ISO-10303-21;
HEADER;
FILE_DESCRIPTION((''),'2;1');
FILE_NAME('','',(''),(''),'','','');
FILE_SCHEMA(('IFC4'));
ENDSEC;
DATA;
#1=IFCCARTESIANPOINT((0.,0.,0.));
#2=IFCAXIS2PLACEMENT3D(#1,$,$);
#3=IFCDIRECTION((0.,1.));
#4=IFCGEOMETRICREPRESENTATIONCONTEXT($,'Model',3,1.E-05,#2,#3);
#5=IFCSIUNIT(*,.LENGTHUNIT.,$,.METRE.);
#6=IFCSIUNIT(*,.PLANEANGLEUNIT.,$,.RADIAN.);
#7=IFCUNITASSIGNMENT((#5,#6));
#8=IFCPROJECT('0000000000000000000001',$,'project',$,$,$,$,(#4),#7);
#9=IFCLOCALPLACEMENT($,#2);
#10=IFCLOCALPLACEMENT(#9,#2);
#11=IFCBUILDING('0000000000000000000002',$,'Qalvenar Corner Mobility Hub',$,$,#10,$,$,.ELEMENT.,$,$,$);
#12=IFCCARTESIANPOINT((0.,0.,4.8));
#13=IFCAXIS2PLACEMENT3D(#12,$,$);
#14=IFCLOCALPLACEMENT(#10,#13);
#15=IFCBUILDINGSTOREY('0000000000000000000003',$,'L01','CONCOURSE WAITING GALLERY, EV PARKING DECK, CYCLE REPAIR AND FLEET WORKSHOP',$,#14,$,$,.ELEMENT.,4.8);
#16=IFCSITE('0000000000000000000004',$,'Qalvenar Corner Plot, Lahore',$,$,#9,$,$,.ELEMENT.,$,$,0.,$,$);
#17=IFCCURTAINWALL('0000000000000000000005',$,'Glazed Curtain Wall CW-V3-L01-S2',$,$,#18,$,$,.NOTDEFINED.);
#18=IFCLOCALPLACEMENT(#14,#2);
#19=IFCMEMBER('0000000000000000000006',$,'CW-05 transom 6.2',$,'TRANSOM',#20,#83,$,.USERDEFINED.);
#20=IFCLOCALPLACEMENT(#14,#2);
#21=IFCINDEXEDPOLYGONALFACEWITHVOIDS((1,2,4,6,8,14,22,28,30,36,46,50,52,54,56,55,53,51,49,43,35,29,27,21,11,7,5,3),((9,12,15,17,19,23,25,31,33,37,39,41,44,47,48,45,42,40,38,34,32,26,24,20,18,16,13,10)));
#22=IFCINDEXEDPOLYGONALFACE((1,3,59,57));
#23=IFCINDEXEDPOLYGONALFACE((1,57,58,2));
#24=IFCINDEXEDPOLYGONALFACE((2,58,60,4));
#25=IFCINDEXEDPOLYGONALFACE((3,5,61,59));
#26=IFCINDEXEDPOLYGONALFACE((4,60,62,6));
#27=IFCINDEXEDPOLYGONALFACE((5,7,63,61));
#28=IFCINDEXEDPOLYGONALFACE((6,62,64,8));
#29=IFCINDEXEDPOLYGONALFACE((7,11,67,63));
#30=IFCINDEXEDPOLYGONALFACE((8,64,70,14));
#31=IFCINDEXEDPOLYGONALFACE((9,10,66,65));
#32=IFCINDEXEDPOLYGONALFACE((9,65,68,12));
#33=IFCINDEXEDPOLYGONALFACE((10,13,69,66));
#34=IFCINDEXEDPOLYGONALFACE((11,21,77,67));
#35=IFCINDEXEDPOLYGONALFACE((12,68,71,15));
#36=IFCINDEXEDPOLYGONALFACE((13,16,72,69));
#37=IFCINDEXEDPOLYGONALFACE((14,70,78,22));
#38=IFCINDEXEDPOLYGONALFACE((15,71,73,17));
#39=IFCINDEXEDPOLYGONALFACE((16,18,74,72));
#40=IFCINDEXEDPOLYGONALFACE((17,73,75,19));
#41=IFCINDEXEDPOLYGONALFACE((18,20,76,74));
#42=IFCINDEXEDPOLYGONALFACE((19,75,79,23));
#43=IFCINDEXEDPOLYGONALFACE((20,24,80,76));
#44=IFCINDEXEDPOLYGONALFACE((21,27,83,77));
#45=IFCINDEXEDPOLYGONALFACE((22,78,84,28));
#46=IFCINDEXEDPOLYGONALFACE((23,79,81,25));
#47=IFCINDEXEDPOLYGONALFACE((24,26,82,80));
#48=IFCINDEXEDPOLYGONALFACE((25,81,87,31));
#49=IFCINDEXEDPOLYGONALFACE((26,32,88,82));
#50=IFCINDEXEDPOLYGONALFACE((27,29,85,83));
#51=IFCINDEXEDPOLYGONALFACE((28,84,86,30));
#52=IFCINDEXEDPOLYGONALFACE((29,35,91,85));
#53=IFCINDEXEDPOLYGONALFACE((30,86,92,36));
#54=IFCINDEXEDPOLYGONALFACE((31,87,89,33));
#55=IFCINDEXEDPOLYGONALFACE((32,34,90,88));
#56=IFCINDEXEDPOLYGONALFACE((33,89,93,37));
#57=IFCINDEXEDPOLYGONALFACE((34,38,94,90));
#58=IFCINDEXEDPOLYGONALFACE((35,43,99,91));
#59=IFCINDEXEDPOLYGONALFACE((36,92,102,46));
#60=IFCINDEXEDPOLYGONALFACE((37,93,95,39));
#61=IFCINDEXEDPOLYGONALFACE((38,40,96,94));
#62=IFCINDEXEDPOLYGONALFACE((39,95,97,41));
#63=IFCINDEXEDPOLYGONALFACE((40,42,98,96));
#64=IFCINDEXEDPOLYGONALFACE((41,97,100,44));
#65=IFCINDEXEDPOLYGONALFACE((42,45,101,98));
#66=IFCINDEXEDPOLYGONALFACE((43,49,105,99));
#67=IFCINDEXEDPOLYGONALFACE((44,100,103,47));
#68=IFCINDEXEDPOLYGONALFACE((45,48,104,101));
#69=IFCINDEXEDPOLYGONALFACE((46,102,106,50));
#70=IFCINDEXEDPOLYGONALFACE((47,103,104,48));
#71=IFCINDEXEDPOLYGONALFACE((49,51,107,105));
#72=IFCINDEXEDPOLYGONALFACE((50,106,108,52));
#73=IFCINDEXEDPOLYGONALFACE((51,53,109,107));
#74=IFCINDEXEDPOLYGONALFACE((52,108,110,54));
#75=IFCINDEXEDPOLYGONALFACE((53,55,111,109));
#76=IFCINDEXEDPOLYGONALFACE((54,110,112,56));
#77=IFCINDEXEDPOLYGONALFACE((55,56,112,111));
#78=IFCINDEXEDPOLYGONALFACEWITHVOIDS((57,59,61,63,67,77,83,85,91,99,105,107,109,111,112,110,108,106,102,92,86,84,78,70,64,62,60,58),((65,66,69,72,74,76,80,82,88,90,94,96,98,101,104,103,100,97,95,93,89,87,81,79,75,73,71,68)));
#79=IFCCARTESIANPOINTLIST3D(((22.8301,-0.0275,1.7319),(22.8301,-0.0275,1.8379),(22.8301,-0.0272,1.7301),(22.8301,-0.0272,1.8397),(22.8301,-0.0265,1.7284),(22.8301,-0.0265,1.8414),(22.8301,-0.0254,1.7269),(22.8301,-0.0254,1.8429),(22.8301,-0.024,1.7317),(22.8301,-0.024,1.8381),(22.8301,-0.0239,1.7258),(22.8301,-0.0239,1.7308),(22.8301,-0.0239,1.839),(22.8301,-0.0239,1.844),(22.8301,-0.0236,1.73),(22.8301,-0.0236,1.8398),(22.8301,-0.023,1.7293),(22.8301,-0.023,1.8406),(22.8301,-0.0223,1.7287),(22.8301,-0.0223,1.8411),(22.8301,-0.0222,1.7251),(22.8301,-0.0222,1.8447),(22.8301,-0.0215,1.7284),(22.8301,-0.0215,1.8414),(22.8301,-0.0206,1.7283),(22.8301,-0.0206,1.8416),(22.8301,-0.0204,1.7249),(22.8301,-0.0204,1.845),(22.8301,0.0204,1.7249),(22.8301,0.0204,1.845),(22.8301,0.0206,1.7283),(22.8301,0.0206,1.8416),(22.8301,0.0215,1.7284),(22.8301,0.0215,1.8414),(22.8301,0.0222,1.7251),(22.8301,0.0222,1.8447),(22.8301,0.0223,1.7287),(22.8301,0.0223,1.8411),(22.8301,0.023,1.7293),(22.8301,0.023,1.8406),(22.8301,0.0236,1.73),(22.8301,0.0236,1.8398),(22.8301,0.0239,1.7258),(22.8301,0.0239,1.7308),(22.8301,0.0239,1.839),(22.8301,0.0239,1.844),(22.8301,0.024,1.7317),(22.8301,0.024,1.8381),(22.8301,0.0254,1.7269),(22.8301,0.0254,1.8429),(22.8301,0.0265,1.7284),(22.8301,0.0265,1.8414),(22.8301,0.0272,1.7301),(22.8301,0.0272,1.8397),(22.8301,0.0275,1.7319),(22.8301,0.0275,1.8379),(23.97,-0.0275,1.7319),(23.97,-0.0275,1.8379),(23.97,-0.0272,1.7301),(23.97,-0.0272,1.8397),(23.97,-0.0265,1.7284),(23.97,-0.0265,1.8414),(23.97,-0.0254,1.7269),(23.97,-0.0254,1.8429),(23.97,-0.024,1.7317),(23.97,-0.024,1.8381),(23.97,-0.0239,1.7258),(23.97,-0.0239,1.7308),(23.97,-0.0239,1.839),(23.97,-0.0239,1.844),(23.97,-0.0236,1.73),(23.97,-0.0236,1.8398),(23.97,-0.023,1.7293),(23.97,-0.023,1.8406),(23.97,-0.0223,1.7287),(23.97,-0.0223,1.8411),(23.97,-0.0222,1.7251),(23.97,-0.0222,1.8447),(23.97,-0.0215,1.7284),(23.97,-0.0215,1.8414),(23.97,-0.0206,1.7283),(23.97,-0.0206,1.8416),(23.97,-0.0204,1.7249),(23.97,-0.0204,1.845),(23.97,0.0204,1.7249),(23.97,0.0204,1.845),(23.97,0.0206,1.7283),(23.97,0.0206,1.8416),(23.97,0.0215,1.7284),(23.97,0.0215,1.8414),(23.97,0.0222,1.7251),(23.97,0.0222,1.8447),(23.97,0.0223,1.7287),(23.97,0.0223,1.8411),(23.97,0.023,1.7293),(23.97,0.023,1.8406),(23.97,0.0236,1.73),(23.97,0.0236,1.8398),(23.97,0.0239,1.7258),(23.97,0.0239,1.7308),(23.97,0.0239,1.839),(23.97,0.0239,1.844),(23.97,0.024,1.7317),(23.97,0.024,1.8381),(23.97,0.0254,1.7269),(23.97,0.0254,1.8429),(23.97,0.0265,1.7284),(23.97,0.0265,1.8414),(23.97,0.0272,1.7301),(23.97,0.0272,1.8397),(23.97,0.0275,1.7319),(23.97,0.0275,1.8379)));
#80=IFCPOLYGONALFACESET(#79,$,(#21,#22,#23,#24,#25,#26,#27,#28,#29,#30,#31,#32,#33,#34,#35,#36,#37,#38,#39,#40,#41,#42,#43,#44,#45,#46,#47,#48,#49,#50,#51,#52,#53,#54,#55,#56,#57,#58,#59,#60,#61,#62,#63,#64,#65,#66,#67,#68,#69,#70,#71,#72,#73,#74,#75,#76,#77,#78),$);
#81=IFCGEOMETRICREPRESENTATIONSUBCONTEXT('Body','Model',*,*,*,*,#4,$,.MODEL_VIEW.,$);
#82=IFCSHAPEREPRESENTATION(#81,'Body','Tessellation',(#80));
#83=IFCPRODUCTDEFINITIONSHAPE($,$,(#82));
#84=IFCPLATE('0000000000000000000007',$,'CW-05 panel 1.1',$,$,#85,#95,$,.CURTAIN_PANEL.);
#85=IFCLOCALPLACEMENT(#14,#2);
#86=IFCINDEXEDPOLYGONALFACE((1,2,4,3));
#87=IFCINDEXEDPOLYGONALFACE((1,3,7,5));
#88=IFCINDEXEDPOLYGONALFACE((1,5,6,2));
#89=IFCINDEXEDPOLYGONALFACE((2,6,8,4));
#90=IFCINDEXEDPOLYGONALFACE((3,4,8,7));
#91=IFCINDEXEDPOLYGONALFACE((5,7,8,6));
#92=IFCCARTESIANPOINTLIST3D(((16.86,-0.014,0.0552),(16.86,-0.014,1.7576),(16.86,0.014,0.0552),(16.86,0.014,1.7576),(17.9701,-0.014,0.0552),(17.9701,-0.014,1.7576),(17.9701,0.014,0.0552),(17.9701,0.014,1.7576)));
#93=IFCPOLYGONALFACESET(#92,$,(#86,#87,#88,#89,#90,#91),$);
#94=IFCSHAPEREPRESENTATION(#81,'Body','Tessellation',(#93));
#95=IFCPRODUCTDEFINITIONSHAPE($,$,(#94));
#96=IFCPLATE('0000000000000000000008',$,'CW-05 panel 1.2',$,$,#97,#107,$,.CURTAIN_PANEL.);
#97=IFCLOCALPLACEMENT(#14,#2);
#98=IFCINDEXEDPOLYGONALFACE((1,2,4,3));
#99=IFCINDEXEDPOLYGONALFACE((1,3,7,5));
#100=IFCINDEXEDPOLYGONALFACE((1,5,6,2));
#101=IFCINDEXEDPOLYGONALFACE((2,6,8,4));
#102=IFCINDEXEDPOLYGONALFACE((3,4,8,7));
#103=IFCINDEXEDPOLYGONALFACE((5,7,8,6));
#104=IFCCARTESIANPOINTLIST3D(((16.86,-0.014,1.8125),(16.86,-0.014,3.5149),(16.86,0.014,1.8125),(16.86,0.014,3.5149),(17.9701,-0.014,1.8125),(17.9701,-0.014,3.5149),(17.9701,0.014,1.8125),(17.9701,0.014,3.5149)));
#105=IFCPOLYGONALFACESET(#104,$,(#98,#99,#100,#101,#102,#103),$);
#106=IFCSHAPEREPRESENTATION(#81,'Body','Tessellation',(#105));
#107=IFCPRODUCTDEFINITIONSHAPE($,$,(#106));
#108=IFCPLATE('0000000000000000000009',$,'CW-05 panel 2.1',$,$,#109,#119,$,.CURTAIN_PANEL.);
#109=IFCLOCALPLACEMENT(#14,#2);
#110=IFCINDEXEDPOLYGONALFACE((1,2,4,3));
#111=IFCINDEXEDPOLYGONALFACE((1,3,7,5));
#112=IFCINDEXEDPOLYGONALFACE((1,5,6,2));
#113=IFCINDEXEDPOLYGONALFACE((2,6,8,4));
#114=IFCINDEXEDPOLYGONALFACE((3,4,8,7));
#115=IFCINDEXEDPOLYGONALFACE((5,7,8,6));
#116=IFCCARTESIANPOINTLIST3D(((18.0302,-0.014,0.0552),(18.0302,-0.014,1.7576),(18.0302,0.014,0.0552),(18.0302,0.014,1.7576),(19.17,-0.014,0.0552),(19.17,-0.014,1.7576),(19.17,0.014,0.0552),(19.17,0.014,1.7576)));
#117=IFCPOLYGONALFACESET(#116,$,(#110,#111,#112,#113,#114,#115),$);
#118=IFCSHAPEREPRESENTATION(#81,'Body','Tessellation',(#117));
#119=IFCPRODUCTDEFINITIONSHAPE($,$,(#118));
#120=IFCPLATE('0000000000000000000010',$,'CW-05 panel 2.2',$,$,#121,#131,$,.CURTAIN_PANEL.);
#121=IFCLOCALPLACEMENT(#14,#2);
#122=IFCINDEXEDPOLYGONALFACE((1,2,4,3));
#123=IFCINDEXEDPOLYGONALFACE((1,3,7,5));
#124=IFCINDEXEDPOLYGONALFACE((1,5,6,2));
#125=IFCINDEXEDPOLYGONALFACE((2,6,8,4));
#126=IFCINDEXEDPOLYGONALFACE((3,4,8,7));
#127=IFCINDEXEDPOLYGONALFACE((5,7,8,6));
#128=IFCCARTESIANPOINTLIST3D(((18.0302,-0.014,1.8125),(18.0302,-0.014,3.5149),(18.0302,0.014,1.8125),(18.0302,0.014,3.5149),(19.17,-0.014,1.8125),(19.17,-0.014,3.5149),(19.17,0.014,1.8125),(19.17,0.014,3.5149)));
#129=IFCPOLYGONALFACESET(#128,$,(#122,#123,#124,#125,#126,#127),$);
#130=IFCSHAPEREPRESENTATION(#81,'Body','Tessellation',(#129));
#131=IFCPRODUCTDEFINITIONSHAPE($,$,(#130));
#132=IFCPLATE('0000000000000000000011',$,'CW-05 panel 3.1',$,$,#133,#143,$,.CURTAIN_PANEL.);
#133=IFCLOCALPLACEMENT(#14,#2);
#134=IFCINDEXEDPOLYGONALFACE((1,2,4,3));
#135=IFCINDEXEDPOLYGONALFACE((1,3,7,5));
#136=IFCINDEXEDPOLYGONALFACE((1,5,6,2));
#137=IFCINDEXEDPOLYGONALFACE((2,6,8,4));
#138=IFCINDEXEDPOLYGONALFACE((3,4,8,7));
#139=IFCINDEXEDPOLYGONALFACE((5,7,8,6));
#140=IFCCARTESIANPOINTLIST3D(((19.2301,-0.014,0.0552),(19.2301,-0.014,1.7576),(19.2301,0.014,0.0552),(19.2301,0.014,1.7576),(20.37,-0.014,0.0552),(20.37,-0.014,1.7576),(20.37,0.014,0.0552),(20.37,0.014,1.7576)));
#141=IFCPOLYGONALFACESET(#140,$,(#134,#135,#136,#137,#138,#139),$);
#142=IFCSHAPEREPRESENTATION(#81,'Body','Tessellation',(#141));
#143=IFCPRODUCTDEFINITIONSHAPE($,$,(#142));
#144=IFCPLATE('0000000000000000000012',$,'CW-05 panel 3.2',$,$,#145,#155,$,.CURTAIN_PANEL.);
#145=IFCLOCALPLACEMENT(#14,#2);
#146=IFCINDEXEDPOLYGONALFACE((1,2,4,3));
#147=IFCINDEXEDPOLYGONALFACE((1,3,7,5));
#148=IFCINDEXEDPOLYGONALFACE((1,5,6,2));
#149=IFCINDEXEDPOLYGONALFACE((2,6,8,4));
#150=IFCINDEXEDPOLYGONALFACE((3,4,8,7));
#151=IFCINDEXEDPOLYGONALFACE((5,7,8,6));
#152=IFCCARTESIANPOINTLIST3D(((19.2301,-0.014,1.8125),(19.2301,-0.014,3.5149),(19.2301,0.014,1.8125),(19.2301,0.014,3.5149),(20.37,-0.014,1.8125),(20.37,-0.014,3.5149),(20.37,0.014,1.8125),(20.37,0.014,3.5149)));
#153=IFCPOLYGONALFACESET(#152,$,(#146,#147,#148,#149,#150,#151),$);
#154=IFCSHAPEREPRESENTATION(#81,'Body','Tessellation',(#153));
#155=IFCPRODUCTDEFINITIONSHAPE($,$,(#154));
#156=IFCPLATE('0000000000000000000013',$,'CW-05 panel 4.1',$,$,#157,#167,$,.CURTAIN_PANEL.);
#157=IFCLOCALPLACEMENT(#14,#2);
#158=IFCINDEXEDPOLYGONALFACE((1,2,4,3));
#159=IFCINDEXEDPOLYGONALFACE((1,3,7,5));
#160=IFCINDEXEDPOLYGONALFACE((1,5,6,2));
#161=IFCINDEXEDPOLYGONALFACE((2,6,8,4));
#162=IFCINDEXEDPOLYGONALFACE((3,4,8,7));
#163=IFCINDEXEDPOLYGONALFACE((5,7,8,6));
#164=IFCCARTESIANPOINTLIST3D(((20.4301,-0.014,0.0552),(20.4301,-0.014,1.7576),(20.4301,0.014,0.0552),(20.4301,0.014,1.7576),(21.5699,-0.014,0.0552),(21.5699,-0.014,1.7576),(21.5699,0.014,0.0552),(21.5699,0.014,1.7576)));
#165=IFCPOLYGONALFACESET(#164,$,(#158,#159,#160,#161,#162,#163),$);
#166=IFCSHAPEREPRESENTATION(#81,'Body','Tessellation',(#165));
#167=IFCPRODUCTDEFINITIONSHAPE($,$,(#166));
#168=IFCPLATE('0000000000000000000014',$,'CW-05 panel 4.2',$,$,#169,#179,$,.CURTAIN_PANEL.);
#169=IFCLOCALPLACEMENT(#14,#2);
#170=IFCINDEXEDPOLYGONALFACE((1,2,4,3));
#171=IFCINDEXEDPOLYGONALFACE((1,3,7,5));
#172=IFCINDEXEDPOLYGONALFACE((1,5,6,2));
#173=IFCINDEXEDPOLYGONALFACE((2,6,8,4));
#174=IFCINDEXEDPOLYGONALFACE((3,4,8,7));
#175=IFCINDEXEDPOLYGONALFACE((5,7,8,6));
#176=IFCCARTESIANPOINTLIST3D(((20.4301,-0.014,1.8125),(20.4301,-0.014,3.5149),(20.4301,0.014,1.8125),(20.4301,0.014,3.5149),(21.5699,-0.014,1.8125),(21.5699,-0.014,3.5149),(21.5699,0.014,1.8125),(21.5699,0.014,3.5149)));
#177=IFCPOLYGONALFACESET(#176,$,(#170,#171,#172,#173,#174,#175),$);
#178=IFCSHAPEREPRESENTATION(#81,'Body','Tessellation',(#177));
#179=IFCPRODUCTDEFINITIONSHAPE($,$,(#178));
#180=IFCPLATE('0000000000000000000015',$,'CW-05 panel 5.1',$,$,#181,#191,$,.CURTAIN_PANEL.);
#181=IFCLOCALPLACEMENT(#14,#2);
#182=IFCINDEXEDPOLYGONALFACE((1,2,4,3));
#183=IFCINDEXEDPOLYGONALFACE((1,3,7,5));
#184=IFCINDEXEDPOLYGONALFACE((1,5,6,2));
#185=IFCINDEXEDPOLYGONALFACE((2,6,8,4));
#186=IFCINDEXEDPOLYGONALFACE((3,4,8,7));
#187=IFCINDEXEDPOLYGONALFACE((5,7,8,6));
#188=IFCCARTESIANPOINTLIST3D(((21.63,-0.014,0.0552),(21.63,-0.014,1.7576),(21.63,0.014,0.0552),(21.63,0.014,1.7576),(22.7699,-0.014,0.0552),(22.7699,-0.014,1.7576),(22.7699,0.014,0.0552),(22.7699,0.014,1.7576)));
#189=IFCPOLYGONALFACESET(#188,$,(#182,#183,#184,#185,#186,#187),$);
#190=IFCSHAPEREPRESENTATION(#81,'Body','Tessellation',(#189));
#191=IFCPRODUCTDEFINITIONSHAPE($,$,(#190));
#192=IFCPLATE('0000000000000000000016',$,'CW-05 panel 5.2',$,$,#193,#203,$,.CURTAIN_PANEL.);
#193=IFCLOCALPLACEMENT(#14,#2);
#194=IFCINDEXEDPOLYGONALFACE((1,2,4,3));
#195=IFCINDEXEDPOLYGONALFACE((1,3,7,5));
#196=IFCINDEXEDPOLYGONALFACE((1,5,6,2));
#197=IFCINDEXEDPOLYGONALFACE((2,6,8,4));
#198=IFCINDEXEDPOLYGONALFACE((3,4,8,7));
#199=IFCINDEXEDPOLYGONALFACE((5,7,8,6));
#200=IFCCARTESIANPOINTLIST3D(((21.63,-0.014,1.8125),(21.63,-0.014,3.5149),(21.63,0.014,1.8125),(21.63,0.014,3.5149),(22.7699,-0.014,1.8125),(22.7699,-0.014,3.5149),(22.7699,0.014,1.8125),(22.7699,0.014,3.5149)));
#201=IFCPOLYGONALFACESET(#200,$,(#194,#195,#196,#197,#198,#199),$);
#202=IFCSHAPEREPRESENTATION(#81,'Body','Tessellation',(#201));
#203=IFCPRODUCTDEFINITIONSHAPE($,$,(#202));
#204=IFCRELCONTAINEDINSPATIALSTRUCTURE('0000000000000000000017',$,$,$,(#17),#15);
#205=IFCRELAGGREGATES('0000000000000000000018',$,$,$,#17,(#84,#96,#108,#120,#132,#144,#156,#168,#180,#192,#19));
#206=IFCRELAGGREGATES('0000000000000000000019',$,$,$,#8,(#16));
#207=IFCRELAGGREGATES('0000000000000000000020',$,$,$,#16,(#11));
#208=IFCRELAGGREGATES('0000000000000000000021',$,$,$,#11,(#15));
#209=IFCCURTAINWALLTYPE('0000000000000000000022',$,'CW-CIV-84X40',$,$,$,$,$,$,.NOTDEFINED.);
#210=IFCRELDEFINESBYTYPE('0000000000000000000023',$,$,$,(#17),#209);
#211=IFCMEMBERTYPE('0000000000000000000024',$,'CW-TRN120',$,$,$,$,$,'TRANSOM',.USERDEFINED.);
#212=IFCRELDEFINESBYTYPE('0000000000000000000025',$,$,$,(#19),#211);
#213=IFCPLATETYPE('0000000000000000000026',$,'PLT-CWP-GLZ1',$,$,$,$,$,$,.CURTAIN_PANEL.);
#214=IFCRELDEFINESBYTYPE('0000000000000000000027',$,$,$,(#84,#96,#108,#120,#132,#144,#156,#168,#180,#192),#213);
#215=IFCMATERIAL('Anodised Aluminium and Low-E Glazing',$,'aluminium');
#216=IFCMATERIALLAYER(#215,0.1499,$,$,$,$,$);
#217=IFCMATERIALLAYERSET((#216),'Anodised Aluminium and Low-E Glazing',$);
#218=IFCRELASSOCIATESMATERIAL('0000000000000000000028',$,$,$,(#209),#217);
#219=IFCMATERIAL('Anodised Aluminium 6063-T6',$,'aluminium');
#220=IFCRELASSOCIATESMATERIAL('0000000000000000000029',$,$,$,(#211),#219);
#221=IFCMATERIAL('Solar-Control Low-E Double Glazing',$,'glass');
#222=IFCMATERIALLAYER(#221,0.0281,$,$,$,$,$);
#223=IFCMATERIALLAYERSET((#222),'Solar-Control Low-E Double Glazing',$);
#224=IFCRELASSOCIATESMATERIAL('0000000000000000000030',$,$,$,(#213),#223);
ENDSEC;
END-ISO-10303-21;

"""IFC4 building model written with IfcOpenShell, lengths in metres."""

from ifc_helpers import new_model, si_unit, direction, frame, origin, origin_2d, place, context, subcontext, project, spatial, rectangle, hollow_rectangle, extrude, material, layer, layer_set, material_profile, profile_set, type_object, element, aggregate, save


model = new_model("IFC4")

# Units and contexts
model_context = context("Model", 3, precision=1e-05, world=origin(), true_north=direction((0.0, 1.0)))
body_context = subcontext(model_context, "Body", "Model", "MODEL_VIEW")
ifc_project = project(units=[si_unit("LENGTHUNIT", "METRE"), si_unit("PLANEANGLEUNIT", "RADIAN")], contexts=[model_context])

# Site, building, storey
site_placement = place(None, origin())
site = spatial("IfcSite", under=ifc_project, at=site_placement, Name="Qalvenar Corner Plot, Lahore", CompositionType="ELEMENT", RefElevation=0.0)
building_placement = place(site_placement, origin())
building = spatial("IfcBuilding", under=site, at=building_placement, Name="Qalvenar Corner Mobility Hub", CompositionType="ELEMENT")
storey_placement = place(building_placement, frame((0.0, 0.0, 4.8)))
storey = spatial("IfcBuildingStorey", under=building, at=storey_placement, Name="L01", Description="CONCOURSE WAITING GALLERY, EV PARKING DECK, CYCLE REPAIR AND FLEET WORKSHOP", CompositionType="ELEMENT", Elevation=4.8)

# Curtain wall, member, plates
ifc_material_1 = material(Name="Anodised Aluminium and Low-E Glazing", Category="aluminium")
ifc_layer_1 = layer(ifc_material_1, 0.1499)
ifc_layer_set_1 = layer_set([ifc_layer_1], Name="Anodised Aluminium and Low-E Glazing")
curtain_wall_type = type_object("IfcCurtainWallType", Name="CW-CIV-84X40", PredefinedType="NOTDEFINED", material=ifc_layer_set_1)
curtain_wall_placement = place(storey_placement, origin())
curtain_wall = element("IfcCurtainWall", 1, at=curtain_wall_placement, inside=storey, type_object=curtain_wall_type, Name="Glazed Curtain Wall CW-V3-L01-S2", PredefinedType="NOTDEFINED")
ifc_material_2 = material(Name="Anodised Aluminium 6063-T6", Category="aluminium")
ifc_material_profile_1 = material_profile(ifc_material_2, hollow_rectangle(XDim=0.0549, YDim=0.1201, WallThickness=0.0034, InnerFilletRadius=0.0034, OuterFilletRadius=0.0071, at=origin_2d()), Name="RHS120x55x3.5")
ifc_profile_set_1 = profile_set([ifc_material_profile_1], Name="Anodised Aluminium 6063-T6")
member_type_1 = type_object("IfcMemberType", Name="CW-TRN120", ElementType="TRANSOM", PredefinedType="USERDEFINED", material=ifc_profile_set_1)
member_1_placement = place(storey_placement, frame((22.8301, 0.0, 1.7849), z_axis=(1.0, 0.0, 0.0), x_axis=(0.0, 1.0, 0.0)))
member_1 = element("IfcMember", 2, at=member_1_placement, type_object=member_type_1, Name="CW-05 transom 6.2", ObjectType="TRANSOM", PredefinedType="USERDEFINED", context=body_context, shape_type="SweptSolid", body=[
    extrude(hollow_rectangle(XDim=0.0549, YDim=0.1201, WallThickness=0.0034, InnerFilletRadius=0.0034, OuterFilletRadius=0.0071, at=origin_2d()), origin(), (0.0, 0.0, 1.0), 1.1399),
])
ifc_material_3 = material(Name="Solar-Control Low-E Double Glazing", Category="glass")
ifc_layer_2 = layer(ifc_material_3, 0.0281)
ifc_layer_set_2 = layer_set([ifc_layer_2], Name="Solar-Control Low-E Double Glazing")
plate_type = type_object("IfcPlateType", Name="PLT-CWP-GLZ1", PredefinedType="CURTAIN_PANEL", material=ifc_layer_set_2)
plate_1_placement = place(storey_placement, frame((17.415, 0.0, 0.0552), z_axis=(0.0, 0.0, 1.0), x_axis=(1.0, 0.0, 0.0)))
plate_1 = element("IfcPlate", 3, at=plate_1_placement, type_object=plate_type, Name="CW-05 panel 1.1", PredefinedType="CURTAIN_PANEL", context=body_context, shape_type="SweptSolid", body=[
    extrude(rectangle(XDim=1.1101, YDim=0.0281, at=origin_2d()), origin(), (0.0, 0.0, 1.0), 1.7024),
])
plate_2_placement = place(storey_placement, frame((17.415, 0.0, 1.8125), z_axis=(0.0, 0.0, 1.0), x_axis=(1.0, 0.0, 0.0)))
plate_2 = element("IfcPlate", 4, at=plate_2_placement, type_object=plate_type, Name="CW-05 panel 1.2", PredefinedType="CURTAIN_PANEL", context=body_context, shape_type="SweptSolid", body=[
    extrude(rectangle(XDim=1.1101, YDim=0.0281, at=origin_2d()), origin(), (0.0, 0.0, 1.0), 1.7024),
])
plate_3_placement = place(storey_placement, frame((18.6001, 0.0, 0.0552), z_axis=(0.0, 0.0, 1.0), x_axis=(1.0, 0.0, 0.0)))
plate_3 = element("IfcPlate", 5, at=plate_3_placement, type_object=plate_type, Name="CW-05 panel 2.1", PredefinedType="CURTAIN_PANEL", context=body_context, shape_type="SweptSolid", body=[
    extrude(rectangle(XDim=1.1399, YDim=0.0281, at=origin_2d()), origin(), (0.0, 0.0, 1.0), 1.7024),
])
plate_4_placement = place(storey_placement, frame((18.6001, 0.0, 1.8125), z_axis=(0.0, 0.0, 1.0), x_axis=(1.0, 0.0, 0.0)))
plate_4 = element("IfcPlate", 6, at=plate_4_placement, type_object=plate_type, Name="CW-05 panel 2.2", PredefinedType="CURTAIN_PANEL", context=body_context, shape_type="SweptSolid", body=[
    extrude(rectangle(XDim=1.1399, YDim=0.0281, at=origin_2d()), origin(), (0.0, 0.0, 1.0), 1.7024),
])
plate_5_placement = place(storey_placement, frame((19.8, 0.0, 0.0552), z_axis=(0.0, 0.0, 1.0), x_axis=(1.0, 0.0, 0.0)))
plate_5 = element("IfcPlate", 7, at=plate_5_placement, type_object=plate_type, Name="CW-05 panel 3.1", PredefinedType="CURTAIN_PANEL", context=body_context, shape_type="SweptSolid", body=[
    extrude(rectangle(XDim=1.1399, YDim=0.0281, at=origin_2d()), origin(), (0.0, 0.0, 1.0), 1.7024),
])
plate_6_placement = place(storey_placement, frame((19.8, 0.0, 1.8125), z_axis=(0.0, 0.0, 1.0), x_axis=(1.0, 0.0, 0.0)))
plate_6 = element("IfcPlate", 8, at=plate_6_placement, type_object=plate_type, Name="CW-05 panel 3.2", PredefinedType="CURTAIN_PANEL", context=body_context, shape_type="SweptSolid", body=[
    extrude(rectangle(XDim=1.1399, YDim=0.0281, at=origin_2d()), origin(), (0.0, 0.0, 1.0), 1.7024),
])
plate_7_placement = place(storey_placement, frame((21.0, 0.0, 0.0552), z_axis=(0.0, 0.0, 1.0), x_axis=(1.0, 0.0, 0.0)))
plate_7 = element("IfcPlate", 9, at=plate_7_placement, type_object=plate_type, Name="CW-05 panel 4.1", PredefinedType="CURTAIN_PANEL", context=body_context, shape_type="SweptSolid", body=[
    extrude(rectangle(XDim=1.1399, YDim=0.0281, at=origin_2d()), origin(), (0.0, 0.0, 1.0), 1.7024),
])
plate_8_placement = place(storey_placement, frame((21.0, 0.0, 1.8125), z_axis=(0.0, 0.0, 1.0), x_axis=(1.0, 0.0, 0.0)))
plate_8 = element("IfcPlate", 10, at=plate_8_placement, type_object=plate_type, Name="CW-05 panel 4.2", PredefinedType="CURTAIN_PANEL", context=body_context, shape_type="SweptSolid", body=[
    extrude(rectangle(XDim=1.1399, YDim=0.0281, at=origin_2d()), origin(), (0.0, 0.0, 1.0), 1.7024),
])
plate_9_placement = place(storey_placement, frame((22.2, 0.0, 0.0552), z_axis=(0.0, 0.0, 1.0), x_axis=(1.0, 0.0, 0.0)))
plate_9 = element("IfcPlate", 11, at=plate_9_placement, type_object=plate_type, Name="CW-05 panel 5.1", PredefinedType="CURTAIN_PANEL", context=body_context, shape_type="SweptSolid", body=[
    extrude(rectangle(XDim=1.1399, YDim=0.0281, at=origin_2d()), origin(), (0.0, 0.0, 1.0), 1.7024),
])
plate_10_placement = place(storey_placement, frame((22.2, 0.0, 1.8125), z_axis=(0.0, 0.0, 1.0), x_axis=(1.0, 0.0, 0.0)))
plate_10 = element("IfcPlate", 12, at=plate_10_placement, type_object=plate_type, Name="CW-05 panel 5.2", PredefinedType="CURTAIN_PANEL", context=body_context, shape_type="SweptSolid", body=[
    extrude(rectangle(XDim=1.1399, YDim=0.0281, at=origin_2d()), origin(), (0.0, 0.0, 1.0), 1.7024),
])
aggregate(curtain_wall, [plate_1, plate_2, plate_3, plate_4, plate_5, plate_6, plate_7, plate_8, plate_9, plate_10, member_1])

save(model, "model.ifc")
